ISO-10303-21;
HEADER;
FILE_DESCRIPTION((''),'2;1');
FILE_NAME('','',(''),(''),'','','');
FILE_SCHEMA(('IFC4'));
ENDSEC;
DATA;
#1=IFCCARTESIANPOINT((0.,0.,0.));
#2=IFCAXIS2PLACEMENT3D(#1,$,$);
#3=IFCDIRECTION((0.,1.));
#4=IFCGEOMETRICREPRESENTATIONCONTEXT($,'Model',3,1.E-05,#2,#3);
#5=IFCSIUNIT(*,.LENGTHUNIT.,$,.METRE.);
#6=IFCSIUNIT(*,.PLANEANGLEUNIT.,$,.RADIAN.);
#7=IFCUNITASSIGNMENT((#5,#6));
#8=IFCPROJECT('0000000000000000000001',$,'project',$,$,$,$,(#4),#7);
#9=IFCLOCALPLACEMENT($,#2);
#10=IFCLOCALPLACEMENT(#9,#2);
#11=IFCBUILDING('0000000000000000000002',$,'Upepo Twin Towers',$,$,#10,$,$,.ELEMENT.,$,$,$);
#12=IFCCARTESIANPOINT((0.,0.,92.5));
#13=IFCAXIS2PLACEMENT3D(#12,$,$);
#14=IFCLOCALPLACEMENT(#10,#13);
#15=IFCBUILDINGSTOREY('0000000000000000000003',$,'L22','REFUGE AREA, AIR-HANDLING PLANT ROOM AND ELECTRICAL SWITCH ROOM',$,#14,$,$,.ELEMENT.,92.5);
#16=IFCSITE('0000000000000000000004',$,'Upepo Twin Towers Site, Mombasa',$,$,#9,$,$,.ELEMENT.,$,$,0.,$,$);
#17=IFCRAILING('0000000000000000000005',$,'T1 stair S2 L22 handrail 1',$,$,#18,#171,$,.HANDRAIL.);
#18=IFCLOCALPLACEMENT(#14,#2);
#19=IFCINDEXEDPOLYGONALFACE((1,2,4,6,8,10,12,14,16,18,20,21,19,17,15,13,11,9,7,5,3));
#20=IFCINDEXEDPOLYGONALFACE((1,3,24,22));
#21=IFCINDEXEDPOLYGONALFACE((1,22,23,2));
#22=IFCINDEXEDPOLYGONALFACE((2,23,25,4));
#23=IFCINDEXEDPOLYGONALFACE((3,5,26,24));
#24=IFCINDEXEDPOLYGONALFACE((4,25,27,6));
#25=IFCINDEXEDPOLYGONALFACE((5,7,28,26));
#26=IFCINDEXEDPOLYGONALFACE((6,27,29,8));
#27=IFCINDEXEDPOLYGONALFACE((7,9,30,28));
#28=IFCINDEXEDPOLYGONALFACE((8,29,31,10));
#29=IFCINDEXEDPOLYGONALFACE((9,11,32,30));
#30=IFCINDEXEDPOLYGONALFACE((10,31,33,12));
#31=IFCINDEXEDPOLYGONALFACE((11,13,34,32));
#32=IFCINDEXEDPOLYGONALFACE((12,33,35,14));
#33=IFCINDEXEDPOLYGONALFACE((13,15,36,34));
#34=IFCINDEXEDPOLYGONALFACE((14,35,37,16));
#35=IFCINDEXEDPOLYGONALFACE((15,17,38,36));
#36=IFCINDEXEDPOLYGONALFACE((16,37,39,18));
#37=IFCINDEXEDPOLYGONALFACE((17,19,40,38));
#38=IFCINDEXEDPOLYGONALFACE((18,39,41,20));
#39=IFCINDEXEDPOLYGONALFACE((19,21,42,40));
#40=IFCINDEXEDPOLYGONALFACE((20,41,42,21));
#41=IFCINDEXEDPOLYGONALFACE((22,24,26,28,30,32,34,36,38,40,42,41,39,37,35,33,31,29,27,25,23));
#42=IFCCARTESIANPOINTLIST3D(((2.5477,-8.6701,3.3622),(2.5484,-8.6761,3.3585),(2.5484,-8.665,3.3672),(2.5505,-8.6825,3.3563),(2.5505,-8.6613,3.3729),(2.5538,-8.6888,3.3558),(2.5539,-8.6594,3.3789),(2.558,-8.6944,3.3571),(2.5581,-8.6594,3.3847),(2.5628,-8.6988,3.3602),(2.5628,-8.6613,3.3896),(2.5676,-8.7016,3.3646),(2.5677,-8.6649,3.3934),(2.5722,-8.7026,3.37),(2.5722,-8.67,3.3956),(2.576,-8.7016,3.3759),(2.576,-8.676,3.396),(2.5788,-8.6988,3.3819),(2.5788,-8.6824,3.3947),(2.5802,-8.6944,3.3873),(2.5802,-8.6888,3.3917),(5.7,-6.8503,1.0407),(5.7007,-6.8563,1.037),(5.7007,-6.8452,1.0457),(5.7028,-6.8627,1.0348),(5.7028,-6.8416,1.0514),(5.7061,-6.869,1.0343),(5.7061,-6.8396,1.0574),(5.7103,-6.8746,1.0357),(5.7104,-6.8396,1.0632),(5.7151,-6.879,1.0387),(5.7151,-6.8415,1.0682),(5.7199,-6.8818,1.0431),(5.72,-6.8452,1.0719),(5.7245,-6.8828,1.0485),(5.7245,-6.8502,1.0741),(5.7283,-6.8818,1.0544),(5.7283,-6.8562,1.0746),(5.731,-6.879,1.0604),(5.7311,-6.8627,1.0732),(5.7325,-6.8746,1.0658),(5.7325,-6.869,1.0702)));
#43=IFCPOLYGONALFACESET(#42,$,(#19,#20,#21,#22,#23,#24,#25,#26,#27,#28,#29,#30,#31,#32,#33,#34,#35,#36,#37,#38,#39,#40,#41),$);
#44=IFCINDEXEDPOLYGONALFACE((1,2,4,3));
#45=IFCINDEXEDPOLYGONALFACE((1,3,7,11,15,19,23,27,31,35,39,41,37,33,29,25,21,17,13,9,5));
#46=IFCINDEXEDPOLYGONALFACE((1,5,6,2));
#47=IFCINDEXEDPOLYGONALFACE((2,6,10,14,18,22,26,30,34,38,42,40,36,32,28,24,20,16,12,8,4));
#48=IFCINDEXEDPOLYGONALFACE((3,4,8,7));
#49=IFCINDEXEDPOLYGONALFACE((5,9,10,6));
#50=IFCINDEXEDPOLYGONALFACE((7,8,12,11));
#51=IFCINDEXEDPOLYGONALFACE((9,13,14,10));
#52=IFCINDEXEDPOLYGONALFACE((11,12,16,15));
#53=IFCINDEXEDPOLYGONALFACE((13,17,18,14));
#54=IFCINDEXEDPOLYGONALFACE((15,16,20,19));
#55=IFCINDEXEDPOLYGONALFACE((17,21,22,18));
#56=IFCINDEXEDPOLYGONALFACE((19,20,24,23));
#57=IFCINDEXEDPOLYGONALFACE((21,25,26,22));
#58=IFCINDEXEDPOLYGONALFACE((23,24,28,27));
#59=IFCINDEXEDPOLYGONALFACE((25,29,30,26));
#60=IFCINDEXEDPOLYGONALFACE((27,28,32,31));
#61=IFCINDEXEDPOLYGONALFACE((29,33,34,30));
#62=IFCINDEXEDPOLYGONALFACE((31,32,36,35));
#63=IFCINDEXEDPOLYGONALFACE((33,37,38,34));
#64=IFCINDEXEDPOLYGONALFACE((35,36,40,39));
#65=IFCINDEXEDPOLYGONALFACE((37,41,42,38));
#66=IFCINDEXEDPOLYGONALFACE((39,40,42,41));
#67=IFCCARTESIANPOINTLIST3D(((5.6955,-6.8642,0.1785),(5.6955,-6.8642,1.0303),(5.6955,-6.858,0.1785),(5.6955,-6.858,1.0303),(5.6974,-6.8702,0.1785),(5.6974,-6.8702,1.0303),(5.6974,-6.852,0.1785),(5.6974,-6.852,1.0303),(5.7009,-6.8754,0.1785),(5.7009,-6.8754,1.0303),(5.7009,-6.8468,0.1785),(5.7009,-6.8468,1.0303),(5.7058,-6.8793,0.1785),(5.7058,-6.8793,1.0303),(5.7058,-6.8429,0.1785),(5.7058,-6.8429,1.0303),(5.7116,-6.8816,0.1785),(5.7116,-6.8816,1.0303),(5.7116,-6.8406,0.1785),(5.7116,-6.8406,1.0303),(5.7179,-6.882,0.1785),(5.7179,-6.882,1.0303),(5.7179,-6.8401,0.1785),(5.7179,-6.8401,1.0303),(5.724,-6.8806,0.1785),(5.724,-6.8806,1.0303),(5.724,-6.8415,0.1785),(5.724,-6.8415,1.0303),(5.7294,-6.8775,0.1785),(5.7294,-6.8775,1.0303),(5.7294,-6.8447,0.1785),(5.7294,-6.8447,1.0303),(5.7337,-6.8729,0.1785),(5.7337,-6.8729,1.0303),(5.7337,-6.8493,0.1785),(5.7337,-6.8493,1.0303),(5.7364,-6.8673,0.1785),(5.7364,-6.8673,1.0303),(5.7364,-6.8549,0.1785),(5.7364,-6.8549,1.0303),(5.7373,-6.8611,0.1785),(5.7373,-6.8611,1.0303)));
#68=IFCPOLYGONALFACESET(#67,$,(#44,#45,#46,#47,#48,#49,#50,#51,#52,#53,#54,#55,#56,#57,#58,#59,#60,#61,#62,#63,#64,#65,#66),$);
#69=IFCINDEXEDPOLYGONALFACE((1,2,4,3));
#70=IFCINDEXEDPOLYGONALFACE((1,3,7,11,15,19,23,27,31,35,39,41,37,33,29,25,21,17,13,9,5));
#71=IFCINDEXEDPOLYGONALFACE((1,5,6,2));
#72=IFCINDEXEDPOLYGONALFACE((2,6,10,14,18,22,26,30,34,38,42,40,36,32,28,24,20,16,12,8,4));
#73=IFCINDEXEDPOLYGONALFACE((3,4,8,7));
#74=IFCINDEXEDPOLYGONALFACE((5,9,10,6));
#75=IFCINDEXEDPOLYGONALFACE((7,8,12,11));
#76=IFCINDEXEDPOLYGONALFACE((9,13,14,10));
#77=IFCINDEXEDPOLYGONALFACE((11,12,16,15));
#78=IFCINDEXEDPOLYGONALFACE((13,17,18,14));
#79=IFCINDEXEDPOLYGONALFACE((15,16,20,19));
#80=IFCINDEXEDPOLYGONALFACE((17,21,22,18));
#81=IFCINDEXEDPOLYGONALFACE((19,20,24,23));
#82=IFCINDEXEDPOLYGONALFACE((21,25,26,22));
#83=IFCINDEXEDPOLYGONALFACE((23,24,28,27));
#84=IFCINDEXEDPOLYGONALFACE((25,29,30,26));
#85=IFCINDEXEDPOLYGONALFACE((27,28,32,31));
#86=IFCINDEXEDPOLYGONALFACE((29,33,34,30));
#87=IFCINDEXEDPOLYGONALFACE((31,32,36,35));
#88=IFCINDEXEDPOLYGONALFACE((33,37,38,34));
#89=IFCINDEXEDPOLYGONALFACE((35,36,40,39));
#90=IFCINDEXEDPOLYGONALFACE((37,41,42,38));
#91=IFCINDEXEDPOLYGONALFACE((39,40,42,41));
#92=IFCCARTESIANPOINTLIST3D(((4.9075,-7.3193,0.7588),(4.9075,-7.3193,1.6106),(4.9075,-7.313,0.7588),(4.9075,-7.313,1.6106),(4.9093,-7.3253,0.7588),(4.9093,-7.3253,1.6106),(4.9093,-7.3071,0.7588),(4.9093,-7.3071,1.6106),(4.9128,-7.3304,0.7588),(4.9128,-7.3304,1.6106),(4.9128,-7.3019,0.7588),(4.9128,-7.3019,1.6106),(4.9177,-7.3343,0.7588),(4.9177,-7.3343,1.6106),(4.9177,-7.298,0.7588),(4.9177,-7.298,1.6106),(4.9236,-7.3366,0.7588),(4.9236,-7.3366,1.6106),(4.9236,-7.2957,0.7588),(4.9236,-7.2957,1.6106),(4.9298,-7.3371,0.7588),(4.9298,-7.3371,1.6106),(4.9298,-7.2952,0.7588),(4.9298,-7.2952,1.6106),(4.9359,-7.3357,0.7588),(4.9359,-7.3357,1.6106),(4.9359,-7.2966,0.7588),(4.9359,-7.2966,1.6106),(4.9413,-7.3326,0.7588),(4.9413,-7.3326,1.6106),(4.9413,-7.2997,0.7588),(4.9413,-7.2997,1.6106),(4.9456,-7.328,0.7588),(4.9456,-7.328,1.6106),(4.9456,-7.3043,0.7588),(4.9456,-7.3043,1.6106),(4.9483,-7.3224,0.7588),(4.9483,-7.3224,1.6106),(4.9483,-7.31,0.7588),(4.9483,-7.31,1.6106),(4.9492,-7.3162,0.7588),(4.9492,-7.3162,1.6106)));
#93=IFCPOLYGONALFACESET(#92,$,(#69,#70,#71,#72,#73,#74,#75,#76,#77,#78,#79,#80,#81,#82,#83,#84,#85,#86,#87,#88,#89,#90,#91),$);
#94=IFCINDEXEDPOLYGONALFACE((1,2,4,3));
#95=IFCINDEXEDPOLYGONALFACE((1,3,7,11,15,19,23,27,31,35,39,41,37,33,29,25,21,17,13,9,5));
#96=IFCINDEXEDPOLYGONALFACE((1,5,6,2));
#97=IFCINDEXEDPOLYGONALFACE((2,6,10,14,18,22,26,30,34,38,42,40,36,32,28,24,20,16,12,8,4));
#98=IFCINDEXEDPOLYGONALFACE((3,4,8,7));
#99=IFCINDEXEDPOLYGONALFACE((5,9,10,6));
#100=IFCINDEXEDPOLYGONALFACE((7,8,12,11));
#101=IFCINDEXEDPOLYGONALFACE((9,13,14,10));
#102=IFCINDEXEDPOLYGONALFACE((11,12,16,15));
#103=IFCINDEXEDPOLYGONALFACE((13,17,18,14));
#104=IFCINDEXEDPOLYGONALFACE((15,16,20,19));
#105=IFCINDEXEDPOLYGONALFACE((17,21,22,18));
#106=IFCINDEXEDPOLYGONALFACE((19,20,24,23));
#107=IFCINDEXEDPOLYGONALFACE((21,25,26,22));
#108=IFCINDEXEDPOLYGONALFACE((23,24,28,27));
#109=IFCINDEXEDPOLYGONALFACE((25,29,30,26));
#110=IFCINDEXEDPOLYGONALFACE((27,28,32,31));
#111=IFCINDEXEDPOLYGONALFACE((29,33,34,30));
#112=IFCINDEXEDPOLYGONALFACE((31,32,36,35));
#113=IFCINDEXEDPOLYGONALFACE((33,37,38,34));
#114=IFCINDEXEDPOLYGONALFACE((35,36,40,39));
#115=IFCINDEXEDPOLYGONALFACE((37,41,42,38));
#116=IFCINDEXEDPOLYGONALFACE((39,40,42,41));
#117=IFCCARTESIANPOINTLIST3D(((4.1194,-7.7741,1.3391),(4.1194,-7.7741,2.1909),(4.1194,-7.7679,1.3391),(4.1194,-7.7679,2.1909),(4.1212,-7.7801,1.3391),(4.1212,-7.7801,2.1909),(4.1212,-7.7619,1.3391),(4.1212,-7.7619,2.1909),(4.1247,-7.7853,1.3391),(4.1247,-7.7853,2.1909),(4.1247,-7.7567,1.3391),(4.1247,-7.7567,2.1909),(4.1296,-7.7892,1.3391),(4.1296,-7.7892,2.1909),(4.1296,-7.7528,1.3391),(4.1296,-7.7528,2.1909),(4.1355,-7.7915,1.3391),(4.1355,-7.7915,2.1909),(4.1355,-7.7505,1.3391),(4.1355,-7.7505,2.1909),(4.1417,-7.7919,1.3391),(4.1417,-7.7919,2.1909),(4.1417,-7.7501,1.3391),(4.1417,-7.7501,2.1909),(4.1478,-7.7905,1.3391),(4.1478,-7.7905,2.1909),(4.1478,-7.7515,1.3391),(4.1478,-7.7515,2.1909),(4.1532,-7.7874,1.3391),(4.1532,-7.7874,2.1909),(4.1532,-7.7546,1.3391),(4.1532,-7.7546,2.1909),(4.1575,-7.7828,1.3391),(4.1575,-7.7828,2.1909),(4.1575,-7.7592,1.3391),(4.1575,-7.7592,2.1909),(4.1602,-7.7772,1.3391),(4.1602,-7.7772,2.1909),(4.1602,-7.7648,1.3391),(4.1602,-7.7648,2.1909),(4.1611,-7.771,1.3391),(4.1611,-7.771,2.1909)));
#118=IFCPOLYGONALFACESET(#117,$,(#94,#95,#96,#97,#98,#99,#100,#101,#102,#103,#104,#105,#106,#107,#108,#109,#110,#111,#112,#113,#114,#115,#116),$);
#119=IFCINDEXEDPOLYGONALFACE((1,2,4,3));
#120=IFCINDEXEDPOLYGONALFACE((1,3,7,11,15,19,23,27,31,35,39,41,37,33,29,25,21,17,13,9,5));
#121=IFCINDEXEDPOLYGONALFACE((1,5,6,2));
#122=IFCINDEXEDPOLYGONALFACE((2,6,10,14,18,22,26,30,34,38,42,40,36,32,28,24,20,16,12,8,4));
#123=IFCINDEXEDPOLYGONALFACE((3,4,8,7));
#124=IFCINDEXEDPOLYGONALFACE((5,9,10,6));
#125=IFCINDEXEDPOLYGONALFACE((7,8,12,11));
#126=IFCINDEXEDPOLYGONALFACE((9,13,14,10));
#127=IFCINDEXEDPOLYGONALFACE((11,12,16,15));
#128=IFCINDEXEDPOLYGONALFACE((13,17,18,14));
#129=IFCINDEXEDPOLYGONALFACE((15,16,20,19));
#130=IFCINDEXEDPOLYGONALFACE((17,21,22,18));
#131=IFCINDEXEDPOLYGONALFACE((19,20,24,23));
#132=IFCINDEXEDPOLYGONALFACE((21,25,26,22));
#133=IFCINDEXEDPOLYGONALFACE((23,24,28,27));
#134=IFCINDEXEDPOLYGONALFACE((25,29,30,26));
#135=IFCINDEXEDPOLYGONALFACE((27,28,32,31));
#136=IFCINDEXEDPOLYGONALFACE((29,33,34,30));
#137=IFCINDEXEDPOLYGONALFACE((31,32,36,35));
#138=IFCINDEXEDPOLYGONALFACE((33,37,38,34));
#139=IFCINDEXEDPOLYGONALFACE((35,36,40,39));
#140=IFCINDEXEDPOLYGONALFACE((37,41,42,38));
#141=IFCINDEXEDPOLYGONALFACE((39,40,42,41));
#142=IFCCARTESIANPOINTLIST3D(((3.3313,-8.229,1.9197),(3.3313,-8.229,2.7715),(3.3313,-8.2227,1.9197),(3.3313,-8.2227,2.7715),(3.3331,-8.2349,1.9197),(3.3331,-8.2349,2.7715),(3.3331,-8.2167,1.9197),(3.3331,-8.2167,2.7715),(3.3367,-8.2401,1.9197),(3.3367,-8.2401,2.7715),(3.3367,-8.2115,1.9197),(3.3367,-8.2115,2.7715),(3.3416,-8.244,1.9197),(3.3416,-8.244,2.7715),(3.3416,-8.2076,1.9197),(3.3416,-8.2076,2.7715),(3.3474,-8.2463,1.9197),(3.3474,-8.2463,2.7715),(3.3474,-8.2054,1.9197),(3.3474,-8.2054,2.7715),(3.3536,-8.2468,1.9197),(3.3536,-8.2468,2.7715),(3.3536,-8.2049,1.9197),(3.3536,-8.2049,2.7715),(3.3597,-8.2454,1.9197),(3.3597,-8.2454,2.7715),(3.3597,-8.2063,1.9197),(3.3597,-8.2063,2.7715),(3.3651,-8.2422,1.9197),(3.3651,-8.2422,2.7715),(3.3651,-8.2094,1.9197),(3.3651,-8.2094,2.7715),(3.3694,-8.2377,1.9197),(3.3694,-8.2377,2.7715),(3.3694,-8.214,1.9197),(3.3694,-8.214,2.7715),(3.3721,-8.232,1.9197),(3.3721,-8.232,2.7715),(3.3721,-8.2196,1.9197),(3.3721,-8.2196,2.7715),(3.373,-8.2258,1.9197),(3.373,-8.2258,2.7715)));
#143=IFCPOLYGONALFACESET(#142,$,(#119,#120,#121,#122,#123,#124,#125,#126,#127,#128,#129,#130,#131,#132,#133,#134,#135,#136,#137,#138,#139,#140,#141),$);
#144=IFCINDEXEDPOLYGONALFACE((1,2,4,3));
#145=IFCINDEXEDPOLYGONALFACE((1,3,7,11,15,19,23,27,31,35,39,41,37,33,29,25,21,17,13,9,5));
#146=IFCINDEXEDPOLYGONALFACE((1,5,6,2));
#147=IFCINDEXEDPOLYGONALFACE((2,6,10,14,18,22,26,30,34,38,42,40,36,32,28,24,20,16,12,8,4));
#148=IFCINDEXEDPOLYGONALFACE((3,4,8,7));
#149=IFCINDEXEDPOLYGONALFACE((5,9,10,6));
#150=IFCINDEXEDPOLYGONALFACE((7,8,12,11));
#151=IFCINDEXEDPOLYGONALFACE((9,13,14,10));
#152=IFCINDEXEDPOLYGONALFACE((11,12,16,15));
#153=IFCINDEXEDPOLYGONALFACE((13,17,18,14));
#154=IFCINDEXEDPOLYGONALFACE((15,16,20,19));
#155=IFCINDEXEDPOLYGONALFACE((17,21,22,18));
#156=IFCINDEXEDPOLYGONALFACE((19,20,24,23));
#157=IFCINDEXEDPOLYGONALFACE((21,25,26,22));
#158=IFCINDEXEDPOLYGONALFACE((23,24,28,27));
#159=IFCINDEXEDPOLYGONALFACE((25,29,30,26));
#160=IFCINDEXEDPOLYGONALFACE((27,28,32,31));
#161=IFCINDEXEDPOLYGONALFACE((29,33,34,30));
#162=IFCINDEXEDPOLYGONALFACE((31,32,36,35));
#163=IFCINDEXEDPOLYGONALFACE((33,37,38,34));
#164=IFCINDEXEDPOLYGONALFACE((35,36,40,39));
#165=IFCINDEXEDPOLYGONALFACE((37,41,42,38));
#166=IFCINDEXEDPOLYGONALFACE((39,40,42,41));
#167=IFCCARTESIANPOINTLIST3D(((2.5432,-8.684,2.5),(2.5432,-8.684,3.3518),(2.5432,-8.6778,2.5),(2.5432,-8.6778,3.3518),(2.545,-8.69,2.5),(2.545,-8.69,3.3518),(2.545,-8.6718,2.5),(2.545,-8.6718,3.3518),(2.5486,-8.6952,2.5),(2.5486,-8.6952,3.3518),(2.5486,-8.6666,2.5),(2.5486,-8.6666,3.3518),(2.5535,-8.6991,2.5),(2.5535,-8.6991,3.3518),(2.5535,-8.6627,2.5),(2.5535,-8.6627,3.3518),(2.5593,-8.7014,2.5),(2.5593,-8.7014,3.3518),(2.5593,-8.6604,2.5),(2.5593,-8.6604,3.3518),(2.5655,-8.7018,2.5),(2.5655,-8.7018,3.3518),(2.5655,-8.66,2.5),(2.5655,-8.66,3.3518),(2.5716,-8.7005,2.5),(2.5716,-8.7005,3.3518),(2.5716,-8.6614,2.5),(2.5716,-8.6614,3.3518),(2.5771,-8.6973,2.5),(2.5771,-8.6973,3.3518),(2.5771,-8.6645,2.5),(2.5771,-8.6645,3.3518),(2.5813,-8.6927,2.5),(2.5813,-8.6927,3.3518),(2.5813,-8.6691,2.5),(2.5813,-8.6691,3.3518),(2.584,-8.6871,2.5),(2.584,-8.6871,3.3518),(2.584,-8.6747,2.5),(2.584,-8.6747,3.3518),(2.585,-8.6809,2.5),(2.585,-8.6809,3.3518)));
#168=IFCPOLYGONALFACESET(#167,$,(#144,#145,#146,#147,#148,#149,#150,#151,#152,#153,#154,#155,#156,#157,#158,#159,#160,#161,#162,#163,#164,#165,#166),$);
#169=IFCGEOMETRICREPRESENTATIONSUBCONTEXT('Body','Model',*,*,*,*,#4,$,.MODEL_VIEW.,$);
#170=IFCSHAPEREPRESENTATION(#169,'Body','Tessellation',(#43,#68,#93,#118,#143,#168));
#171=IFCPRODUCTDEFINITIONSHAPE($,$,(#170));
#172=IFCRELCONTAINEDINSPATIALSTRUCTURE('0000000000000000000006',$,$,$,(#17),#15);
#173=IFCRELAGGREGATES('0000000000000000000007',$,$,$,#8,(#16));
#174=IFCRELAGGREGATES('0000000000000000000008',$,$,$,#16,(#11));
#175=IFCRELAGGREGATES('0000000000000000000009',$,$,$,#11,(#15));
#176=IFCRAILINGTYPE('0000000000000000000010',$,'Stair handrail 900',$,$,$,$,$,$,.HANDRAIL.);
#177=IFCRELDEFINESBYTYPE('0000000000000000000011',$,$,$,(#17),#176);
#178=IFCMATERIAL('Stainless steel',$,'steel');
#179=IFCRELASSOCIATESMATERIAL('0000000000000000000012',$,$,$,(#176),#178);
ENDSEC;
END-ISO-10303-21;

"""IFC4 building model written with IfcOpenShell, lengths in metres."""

from ifc_helpers import new_model, si_unit, direction, frame, origin, origin_2d, place, context, subcontext, project, spatial, circle, extrude, material, type_object, element, save


model = new_model("IFC4")

# Units and contexts
model_context = context("Model", 3, precision=1e-05, world=origin(), true_north=direction((0.0, 1.0)))
body_context = subcontext(model_context, "Body", "Model", "MODEL_VIEW")
ifc_project = project(units=[si_unit("LENGTHUNIT", "METRE"), si_unit("PLANEANGLEUNIT", "RADIAN")], contexts=[model_context])

# Site, building, storey
site_placement = place(None, origin())
site = spatial("IfcSite", under=ifc_project, at=site_placement, Name="Upepo Twin Towers Site, Mombasa", CompositionType="ELEMENT", RefElevation=0.0)
building_placement = place(site_placement, origin())
building = spatial("IfcBuilding", under=site, at=building_placement, Name="Upepo Twin Towers", CompositionType="ELEMENT")
storey_placement = place(building_placement, frame((0.0, 0.0, 92.5)))
storey = spatial("IfcBuildingStorey", under=building, at=storey_placement, Name="L22", Description="REFUGE AREA, AIR-HANDLING PLANT ROOM AND ELECTRICAL SWITCH ROOM", CompositionType="ELEMENT", Elevation=92.5)

# Railing
ifc_material_1 = material(Name="Stainless steel", Category="steel")
railing_type_1 = type_object("IfcRailingType", Name="Stair handrail 900", PredefinedType="HANDRAIL", material=ifc_material_1)
railing_1_placement = place(storey_placement, frame((5.7163, -6.8611, 0.1785)))
element("IfcRailing", 1, at=railing_1_placement, inside=storey, type_object=railing_type_1, Name="T1 stair S2 L22 handrail 1", PredefinedType="HANDRAIL", context=body_context, shape_type="SweptSolid", body=[
    extrude(circle(Radius=0.0239, at=origin_2d()), frame((0.0, 0.0, 0.876), z_axis=(-0.730176, -0.421525, 0.537736), x_axis=(0.499962, -0.866047, 0.0)), (0.0, 0.0, 1.0), 4.3171),
    extrude(circle(Radius=0.021, at=origin_2d()), origin(), (0.0, 0.0, 1.0), 0.8518),
    extrude(circle(Radius=0.021, at=origin_2d()), frame((-0.7881, -0.4551, 0.5803)), (0.0, 0.0, 1.0), 0.8518),
    extrude(circle(Radius=0.021, at=origin_2d()), frame((-1.5762, -0.9099, 1.1606)), (0.0, 0.0, 1.0), 0.8518),
    extrude(circle(Radius=0.021, at=origin_2d()), frame((-2.3643, -1.3647, 1.7412)), (0.0, 0.0, 1.0), 0.8518),
    extrude(circle(Radius=0.021, at=origin_2d()), frame((-3.1523, -1.8198, 2.3215)), (0.0, 0.0, 1.0), 0.8518),
])

save(model, "model.ifc")
